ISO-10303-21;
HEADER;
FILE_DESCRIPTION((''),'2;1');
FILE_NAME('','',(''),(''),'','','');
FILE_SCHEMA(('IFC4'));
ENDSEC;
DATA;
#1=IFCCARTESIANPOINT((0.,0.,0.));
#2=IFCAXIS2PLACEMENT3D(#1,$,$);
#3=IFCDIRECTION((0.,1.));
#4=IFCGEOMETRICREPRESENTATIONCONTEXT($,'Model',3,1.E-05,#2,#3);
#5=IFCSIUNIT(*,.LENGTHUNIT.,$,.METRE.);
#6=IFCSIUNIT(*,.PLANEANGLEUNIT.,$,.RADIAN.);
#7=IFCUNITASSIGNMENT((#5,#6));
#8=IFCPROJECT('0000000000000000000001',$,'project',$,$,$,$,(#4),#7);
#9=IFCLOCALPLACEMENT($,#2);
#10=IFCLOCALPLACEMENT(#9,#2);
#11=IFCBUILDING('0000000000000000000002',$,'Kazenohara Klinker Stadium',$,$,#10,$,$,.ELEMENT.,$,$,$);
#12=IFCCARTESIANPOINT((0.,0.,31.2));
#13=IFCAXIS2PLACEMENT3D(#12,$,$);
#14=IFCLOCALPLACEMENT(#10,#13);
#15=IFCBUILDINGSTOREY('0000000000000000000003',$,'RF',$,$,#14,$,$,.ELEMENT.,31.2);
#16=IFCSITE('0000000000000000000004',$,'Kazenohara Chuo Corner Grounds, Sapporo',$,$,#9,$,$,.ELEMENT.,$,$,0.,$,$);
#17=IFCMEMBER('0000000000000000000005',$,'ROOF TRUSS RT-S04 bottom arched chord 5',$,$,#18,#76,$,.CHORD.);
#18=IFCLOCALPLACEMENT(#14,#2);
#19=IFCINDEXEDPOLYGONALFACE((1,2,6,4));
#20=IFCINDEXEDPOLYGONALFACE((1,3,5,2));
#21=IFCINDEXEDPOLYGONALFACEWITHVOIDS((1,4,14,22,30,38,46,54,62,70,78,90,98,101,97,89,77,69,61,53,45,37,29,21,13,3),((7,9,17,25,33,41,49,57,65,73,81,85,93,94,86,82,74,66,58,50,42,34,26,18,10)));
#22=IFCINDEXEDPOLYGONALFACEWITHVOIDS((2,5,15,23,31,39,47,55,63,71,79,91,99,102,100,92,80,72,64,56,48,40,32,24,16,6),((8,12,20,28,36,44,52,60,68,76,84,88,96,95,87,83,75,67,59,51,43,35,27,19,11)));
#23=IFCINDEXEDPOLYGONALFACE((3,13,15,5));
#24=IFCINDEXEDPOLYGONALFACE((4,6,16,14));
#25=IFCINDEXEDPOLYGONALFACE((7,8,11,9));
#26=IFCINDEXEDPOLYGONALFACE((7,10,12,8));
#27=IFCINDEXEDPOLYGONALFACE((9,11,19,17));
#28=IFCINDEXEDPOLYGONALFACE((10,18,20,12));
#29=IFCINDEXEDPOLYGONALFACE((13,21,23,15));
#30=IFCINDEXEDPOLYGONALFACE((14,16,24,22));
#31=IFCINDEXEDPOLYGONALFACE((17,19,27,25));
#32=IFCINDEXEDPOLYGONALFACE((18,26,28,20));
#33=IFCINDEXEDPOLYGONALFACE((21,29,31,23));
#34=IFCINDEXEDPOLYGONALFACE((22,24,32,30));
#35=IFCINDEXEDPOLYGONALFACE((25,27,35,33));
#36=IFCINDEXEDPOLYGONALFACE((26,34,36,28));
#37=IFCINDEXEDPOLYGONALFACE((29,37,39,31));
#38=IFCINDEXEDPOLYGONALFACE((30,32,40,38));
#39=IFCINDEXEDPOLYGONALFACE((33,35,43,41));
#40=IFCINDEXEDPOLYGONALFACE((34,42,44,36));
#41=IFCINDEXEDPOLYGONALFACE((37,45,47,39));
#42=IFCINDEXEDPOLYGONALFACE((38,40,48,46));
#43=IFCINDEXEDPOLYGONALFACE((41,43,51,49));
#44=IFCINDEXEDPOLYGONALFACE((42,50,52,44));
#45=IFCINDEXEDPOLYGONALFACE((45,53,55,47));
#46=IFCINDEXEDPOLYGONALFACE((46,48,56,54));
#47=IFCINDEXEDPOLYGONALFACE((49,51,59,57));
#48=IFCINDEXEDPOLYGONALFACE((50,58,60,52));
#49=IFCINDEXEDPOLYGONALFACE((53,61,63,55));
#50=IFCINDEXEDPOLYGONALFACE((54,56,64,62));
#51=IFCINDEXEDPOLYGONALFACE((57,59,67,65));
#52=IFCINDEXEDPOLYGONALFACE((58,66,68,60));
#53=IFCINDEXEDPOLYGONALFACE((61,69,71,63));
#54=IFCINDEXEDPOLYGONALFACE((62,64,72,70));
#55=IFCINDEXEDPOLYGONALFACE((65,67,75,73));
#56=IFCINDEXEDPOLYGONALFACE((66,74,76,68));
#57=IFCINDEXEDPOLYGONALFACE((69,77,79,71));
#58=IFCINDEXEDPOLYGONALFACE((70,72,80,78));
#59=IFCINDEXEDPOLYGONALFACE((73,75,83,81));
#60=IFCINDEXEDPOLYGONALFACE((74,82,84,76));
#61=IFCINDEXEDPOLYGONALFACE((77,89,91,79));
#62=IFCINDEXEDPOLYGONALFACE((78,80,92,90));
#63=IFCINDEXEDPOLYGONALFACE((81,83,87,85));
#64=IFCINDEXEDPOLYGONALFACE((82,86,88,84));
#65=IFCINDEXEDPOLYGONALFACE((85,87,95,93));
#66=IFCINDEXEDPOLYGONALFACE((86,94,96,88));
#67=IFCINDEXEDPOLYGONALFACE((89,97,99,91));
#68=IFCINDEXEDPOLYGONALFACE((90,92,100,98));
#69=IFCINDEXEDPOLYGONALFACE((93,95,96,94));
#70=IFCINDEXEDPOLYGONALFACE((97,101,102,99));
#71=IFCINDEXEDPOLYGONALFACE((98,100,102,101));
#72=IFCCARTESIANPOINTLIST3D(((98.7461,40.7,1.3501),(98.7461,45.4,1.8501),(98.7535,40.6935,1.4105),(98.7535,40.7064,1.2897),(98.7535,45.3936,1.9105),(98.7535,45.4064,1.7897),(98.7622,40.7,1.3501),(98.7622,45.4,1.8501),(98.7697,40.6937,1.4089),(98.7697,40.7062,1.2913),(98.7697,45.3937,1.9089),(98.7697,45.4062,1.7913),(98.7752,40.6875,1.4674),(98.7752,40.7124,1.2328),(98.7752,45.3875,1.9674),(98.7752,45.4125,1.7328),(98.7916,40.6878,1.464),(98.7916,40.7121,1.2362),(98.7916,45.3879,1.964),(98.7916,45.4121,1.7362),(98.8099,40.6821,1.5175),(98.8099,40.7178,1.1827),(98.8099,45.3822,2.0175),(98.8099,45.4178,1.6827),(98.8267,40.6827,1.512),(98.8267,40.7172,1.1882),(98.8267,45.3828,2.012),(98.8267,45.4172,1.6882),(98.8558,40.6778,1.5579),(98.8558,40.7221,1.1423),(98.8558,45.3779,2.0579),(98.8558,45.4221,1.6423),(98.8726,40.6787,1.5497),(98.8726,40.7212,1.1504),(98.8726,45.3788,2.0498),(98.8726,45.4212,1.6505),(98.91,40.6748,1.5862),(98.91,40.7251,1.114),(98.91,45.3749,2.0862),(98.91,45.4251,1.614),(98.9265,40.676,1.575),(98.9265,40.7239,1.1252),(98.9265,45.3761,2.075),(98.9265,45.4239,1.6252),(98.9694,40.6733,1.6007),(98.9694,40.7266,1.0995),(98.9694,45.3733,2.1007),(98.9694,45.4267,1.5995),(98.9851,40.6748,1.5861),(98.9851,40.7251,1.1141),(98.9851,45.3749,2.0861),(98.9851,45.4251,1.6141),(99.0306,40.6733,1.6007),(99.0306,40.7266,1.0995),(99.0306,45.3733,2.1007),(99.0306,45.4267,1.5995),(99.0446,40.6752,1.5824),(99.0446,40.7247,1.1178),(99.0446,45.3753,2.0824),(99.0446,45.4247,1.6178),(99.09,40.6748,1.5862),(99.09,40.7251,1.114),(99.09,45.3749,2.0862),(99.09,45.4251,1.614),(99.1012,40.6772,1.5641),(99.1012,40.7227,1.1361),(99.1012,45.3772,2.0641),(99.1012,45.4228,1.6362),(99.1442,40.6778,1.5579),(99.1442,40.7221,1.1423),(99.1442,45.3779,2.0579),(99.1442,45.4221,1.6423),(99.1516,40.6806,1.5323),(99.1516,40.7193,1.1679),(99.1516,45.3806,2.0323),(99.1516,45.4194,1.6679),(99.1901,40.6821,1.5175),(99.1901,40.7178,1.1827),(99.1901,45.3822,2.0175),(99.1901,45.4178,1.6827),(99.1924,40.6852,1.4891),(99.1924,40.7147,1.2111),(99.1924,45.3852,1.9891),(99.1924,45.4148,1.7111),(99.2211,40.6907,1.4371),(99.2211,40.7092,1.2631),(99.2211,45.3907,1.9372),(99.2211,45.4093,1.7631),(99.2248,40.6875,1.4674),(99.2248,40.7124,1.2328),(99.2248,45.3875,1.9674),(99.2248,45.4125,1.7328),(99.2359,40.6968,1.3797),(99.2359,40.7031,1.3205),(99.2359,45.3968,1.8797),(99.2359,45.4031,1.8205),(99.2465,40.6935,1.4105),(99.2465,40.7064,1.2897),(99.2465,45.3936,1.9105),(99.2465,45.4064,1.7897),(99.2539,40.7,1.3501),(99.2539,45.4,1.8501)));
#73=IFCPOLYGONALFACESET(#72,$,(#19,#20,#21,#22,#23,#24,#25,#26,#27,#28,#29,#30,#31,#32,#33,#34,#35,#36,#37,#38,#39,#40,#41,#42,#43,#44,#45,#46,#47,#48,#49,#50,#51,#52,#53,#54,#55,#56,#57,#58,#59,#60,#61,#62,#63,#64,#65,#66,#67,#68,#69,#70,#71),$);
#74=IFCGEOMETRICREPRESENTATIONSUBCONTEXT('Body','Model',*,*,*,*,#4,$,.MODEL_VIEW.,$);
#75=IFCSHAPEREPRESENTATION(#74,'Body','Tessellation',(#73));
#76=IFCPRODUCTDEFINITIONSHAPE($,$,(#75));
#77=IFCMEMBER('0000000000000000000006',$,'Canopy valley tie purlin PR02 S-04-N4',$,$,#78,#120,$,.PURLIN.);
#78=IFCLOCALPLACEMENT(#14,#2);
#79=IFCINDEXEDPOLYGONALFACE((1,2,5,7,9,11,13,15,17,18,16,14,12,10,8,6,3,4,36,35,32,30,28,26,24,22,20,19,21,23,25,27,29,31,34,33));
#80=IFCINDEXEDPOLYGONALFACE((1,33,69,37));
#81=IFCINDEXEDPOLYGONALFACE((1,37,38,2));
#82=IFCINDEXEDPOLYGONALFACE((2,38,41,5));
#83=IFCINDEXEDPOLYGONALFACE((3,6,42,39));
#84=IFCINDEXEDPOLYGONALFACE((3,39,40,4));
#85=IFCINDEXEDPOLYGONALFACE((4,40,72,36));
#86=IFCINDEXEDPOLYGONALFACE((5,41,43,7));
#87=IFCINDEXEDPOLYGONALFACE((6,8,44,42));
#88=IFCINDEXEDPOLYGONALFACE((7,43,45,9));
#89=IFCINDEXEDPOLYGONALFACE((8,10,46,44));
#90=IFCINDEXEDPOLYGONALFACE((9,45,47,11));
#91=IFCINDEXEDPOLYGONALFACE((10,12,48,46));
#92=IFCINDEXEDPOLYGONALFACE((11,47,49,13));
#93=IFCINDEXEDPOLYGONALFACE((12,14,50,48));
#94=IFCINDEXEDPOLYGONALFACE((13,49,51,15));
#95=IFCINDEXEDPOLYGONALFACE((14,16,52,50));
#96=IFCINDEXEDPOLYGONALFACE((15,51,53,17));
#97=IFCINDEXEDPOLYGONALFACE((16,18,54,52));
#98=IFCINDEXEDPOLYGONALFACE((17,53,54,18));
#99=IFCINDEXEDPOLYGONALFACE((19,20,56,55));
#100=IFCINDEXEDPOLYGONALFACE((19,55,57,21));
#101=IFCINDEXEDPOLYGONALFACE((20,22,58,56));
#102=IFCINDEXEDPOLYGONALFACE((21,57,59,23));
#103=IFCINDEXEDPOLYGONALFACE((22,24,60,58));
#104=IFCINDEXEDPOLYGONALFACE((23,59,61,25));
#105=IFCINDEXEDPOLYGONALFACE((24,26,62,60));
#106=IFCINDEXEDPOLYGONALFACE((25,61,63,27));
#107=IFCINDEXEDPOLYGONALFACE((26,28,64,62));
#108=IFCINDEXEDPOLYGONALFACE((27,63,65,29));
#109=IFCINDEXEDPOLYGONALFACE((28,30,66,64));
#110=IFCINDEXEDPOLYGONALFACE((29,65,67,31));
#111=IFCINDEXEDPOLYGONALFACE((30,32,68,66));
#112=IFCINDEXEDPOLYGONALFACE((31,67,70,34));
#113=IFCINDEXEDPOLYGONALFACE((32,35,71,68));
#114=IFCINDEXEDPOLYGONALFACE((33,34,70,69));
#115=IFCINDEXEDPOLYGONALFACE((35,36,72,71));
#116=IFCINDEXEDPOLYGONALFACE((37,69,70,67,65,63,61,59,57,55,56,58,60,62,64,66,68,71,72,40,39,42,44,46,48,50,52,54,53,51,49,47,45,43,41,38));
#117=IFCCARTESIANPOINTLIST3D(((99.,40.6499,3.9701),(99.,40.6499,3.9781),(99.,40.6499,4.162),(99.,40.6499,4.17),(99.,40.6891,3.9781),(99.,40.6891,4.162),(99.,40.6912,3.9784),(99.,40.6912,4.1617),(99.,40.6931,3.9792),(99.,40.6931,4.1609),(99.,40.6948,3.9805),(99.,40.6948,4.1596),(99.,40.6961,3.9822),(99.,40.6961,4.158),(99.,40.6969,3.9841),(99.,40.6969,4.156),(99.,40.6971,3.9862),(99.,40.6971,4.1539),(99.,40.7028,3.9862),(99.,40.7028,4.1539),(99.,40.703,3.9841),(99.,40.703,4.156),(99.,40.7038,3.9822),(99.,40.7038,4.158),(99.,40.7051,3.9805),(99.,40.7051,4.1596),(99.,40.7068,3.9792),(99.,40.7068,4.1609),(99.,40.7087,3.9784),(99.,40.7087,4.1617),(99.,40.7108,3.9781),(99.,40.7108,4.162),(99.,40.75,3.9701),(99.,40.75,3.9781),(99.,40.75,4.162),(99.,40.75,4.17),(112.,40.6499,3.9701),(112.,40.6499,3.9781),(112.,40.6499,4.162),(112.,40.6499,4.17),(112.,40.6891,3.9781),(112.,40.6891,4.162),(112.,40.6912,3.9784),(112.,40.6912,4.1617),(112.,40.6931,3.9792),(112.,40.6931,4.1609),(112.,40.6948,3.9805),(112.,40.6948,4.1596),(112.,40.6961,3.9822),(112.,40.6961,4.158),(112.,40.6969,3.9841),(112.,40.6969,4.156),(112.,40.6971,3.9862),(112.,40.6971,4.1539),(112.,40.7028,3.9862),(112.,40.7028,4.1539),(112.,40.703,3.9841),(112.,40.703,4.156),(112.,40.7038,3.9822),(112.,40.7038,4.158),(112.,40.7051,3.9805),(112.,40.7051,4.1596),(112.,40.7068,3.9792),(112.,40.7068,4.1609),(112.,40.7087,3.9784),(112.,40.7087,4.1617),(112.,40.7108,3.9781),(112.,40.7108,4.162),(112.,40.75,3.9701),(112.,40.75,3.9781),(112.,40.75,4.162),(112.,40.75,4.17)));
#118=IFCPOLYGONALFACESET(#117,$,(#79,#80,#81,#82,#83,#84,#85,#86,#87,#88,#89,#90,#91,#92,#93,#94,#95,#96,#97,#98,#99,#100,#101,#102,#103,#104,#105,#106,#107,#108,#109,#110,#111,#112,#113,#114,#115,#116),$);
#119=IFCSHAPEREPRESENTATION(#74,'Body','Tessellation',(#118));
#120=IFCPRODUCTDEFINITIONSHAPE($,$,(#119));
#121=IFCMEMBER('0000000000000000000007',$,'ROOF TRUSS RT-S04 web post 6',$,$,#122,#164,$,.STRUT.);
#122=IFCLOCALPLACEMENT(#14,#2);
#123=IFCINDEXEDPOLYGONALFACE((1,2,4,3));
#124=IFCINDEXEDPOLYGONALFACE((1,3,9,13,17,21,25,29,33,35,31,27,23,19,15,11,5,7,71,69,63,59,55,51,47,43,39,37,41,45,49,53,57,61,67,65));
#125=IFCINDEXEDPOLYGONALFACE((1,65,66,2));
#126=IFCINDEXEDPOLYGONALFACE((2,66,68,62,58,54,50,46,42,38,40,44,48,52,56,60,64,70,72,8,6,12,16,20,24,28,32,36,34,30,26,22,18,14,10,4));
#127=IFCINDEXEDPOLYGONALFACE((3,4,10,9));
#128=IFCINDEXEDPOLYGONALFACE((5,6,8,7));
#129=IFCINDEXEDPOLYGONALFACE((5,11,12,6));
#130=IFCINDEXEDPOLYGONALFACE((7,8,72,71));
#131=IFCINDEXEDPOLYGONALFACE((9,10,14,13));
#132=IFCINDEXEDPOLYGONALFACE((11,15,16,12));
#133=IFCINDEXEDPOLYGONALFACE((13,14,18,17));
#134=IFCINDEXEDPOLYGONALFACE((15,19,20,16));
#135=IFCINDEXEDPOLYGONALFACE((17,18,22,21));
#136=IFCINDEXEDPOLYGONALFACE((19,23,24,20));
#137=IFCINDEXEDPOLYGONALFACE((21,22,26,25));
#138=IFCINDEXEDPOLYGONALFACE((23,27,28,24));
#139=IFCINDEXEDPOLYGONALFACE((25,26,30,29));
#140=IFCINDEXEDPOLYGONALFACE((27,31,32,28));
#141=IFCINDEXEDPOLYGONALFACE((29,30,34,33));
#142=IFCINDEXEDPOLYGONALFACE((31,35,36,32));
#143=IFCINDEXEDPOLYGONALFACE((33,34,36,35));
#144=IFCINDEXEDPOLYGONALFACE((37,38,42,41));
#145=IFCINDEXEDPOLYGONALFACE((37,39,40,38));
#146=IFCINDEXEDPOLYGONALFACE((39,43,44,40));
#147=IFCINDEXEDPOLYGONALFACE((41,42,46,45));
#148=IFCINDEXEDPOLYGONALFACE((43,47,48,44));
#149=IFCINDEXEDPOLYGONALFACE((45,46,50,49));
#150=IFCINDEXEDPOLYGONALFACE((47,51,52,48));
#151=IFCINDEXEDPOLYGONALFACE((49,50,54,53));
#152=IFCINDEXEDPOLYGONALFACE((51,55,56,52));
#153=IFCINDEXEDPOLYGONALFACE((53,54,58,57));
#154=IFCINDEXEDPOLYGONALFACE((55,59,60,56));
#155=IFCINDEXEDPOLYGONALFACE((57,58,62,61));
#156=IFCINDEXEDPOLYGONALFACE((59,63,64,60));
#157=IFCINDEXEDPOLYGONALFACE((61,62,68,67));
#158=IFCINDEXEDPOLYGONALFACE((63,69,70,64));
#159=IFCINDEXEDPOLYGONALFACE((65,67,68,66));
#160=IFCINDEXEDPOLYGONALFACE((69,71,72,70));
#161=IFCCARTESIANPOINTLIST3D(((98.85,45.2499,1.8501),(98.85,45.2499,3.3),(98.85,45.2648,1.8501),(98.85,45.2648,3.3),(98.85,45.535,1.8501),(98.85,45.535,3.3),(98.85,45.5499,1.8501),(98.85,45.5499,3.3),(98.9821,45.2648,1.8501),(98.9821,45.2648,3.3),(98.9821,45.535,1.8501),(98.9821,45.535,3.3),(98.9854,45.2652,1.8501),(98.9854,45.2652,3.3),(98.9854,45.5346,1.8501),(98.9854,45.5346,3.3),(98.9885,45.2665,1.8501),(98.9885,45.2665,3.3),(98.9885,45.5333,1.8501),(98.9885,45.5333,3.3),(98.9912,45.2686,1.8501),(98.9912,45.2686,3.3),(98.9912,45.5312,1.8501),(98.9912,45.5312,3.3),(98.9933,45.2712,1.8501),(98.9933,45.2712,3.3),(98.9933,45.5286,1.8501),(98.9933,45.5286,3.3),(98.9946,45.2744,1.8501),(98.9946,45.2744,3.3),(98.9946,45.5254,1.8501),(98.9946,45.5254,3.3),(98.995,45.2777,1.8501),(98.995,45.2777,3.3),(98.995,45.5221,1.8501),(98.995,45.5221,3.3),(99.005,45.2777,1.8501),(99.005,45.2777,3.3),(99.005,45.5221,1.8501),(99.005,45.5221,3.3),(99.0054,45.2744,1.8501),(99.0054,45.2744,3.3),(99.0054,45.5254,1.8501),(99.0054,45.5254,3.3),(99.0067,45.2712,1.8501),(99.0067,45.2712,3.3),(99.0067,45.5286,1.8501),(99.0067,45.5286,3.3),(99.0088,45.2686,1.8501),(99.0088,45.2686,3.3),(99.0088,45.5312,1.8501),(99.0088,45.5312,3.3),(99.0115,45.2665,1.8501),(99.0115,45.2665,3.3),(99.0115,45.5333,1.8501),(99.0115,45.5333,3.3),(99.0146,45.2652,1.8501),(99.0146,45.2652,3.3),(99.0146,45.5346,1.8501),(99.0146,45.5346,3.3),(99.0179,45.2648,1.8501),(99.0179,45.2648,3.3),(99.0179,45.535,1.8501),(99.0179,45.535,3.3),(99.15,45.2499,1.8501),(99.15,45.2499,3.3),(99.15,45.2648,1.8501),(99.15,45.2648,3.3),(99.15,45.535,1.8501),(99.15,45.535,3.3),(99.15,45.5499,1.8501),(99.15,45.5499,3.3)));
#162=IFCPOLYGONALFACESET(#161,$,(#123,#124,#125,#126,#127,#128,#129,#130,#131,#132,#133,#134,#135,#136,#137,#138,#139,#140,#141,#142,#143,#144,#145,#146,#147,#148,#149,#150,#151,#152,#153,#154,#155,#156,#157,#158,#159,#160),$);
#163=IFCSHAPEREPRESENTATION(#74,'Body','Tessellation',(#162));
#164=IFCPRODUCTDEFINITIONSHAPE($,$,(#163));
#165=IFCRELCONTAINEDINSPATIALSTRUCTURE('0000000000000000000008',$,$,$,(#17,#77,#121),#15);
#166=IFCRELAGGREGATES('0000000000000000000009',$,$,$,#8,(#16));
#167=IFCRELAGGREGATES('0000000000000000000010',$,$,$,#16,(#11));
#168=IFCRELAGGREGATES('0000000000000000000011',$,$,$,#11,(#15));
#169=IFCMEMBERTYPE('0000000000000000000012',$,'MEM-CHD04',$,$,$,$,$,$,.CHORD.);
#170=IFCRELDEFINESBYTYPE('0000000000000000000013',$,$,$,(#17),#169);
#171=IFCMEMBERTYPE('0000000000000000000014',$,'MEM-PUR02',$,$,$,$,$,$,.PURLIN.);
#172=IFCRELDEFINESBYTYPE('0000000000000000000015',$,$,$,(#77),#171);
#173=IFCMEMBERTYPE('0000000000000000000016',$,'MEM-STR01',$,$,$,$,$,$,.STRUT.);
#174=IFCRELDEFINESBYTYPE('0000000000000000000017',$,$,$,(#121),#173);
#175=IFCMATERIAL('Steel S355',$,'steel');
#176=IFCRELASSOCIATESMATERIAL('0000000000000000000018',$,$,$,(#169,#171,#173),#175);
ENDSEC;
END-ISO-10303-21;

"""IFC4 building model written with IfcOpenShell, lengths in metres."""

from ifc_helpers import new_model, si_unit, direction, frame, origin, origin_2d, place, context, subcontext, project, spatial, hollow_circle, i_section, extrude, material, material_profile, profile_set, type_object, element, save


model = new_model("IFC4")

# Units and contexts
model_context = context("Model", 3, precision=1e-05, world=origin(), true_north=direction((0.0, 1.0)))
body_context = subcontext(model_context, "Body", "Model", "MODEL_VIEW")
ifc_project = project(units=[si_unit("LENGTHUNIT", "METRE"), si_unit("PLANEANGLEUNIT", "RADIAN")], contexts=[model_context])

# Site, building, storey
site_placement = place(None, origin())
site = spatial("IfcSite", under=ifc_project, at=site_placement, Name="Kazenohara Chuo Corner Grounds, Sapporo", CompositionType="ELEMENT", RefElevation=0.0)
building_placement = place(site_placement, origin())
building = spatial("IfcBuilding", under=site, at=building_placement, Name="Kazenohara Klinker Stadium", CompositionType="ELEMENT")
storey_placement = place(building_placement, frame((0.0, 0.0, 31.2)))
storey = spatial("IfcBuildingStorey", under=building, at=storey_placement, Name="RF", CompositionType="ELEMENT", Elevation=31.2)

# Members
ifc_material_1 = material(Name="Steel S355", Category="steel")
ifc_material_profile_1 = material_profile(ifc_material_1, hollow_circle(Radius=0.2539, WallThickness=0.0161, at=origin_2d()), Name="CHS-508.0x16")
ifc_profile_set_1 = profile_set([ifc_material_profile_1], Name="Steel S355")
member_type_1 = type_object("IfcMemberType", Name="MEM-CHD04", PredefinedType="CHORD", material=ifc_profile_set_1)
member_1_placement = place(storey_placement, frame((99.0, 40.7, 1.3501), z_axis=(0.0, 0.994389, 0.105787), x_axis=(-1.0, 0.0, 0.0)))
element("IfcMember", 1, at=member_1_placement, inside=storey, type_object=member_type_1, Name="ROOF TRUSS RT-S04 bottom arched chord 5", PredefinedType="CHORD", context=body_context, shape_type="SweptSolid", body=[
    extrude(hollow_circle(Radius=0.2539, WallThickness=0.0161, at=origin_2d()), origin(), (0.0, 0.0, 1.0), 4.7266),
])
ifc_material_profile_2 = material_profile(ifc_material_1, i_section(OverallWidth=0.1001, OverallDepth=0.2, WebThickness=0.0056, FlangeThickness=0.0081, FilletRadius=0.0081, at=origin_2d()), Name="H-200x100x5.5x8")
ifc_profile_set_2 = profile_set([ifc_material_profile_2], Name="Steel S355")
member_type_2 = type_object("IfcMemberType", Name="MEM-PUR02", PredefinedType="PURLIN", material=ifc_profile_set_2)
member_2_placement = place(storey_placement, frame((99.0, 40.7, 4.0701), z_axis=(1.0, 0.0, 0.0), x_axis=(0.0, 1.0, 0.0)))
element("IfcMember", 2, at=member_2_placement, inside=storey, type_object=member_type_2, Name="Canopy valley tie purlin PR02 S-04-N4", PredefinedType="PURLIN", context=body_context, shape_type="SweptSolid", body=[
    extrude(i_section(OverallWidth=0.1001, OverallDepth=0.2, WebThickness=0.0056, FlangeThickness=0.0081, FilletRadius=0.0081, at=origin_2d()), origin(), (0.0, 0.0, 1.0), 13.0),
])
ifc_material_profile_3 = material_profile(ifc_material_1, i_section(OverallWidth=0.3, OverallDepth=0.3, WebThickness=0.01, FlangeThickness=0.0149, FilletRadius=0.0129, at=origin_2d()), Name="H-300x300x10x15")
ifc_profile_set_3 = profile_set([ifc_material_profile_3], Name="Steel S355")
member_type_3 = type_object("IfcMemberType", Name="MEM-STR01", PredefinedType="STRUT", material=ifc_profile_set_3)
member_3_placement = place(storey_placement, frame((99.0, 45.3999, 1.8501), z_axis=(0.0, 0.0, 1.0), x_axis=(1.0, 0.0, 0.0)))
element("IfcMember", 3, at=member_3_placement, inside=storey, type_object=member_type_3, Name="ROOF TRUSS RT-S04 web post 6", PredefinedType="STRUT", context=body_context, shape_type="SweptSolid", body=[
    extrude(i_section(OverallWidth=0.3, OverallDepth=0.3, WebThickness=0.01, FlangeThickness=0.0149, FilletRadius=0.0129, at=origin_2d()), origin(), (0.0, 0.0, 1.0), 1.45),
])

save(model, "model.ifc")
